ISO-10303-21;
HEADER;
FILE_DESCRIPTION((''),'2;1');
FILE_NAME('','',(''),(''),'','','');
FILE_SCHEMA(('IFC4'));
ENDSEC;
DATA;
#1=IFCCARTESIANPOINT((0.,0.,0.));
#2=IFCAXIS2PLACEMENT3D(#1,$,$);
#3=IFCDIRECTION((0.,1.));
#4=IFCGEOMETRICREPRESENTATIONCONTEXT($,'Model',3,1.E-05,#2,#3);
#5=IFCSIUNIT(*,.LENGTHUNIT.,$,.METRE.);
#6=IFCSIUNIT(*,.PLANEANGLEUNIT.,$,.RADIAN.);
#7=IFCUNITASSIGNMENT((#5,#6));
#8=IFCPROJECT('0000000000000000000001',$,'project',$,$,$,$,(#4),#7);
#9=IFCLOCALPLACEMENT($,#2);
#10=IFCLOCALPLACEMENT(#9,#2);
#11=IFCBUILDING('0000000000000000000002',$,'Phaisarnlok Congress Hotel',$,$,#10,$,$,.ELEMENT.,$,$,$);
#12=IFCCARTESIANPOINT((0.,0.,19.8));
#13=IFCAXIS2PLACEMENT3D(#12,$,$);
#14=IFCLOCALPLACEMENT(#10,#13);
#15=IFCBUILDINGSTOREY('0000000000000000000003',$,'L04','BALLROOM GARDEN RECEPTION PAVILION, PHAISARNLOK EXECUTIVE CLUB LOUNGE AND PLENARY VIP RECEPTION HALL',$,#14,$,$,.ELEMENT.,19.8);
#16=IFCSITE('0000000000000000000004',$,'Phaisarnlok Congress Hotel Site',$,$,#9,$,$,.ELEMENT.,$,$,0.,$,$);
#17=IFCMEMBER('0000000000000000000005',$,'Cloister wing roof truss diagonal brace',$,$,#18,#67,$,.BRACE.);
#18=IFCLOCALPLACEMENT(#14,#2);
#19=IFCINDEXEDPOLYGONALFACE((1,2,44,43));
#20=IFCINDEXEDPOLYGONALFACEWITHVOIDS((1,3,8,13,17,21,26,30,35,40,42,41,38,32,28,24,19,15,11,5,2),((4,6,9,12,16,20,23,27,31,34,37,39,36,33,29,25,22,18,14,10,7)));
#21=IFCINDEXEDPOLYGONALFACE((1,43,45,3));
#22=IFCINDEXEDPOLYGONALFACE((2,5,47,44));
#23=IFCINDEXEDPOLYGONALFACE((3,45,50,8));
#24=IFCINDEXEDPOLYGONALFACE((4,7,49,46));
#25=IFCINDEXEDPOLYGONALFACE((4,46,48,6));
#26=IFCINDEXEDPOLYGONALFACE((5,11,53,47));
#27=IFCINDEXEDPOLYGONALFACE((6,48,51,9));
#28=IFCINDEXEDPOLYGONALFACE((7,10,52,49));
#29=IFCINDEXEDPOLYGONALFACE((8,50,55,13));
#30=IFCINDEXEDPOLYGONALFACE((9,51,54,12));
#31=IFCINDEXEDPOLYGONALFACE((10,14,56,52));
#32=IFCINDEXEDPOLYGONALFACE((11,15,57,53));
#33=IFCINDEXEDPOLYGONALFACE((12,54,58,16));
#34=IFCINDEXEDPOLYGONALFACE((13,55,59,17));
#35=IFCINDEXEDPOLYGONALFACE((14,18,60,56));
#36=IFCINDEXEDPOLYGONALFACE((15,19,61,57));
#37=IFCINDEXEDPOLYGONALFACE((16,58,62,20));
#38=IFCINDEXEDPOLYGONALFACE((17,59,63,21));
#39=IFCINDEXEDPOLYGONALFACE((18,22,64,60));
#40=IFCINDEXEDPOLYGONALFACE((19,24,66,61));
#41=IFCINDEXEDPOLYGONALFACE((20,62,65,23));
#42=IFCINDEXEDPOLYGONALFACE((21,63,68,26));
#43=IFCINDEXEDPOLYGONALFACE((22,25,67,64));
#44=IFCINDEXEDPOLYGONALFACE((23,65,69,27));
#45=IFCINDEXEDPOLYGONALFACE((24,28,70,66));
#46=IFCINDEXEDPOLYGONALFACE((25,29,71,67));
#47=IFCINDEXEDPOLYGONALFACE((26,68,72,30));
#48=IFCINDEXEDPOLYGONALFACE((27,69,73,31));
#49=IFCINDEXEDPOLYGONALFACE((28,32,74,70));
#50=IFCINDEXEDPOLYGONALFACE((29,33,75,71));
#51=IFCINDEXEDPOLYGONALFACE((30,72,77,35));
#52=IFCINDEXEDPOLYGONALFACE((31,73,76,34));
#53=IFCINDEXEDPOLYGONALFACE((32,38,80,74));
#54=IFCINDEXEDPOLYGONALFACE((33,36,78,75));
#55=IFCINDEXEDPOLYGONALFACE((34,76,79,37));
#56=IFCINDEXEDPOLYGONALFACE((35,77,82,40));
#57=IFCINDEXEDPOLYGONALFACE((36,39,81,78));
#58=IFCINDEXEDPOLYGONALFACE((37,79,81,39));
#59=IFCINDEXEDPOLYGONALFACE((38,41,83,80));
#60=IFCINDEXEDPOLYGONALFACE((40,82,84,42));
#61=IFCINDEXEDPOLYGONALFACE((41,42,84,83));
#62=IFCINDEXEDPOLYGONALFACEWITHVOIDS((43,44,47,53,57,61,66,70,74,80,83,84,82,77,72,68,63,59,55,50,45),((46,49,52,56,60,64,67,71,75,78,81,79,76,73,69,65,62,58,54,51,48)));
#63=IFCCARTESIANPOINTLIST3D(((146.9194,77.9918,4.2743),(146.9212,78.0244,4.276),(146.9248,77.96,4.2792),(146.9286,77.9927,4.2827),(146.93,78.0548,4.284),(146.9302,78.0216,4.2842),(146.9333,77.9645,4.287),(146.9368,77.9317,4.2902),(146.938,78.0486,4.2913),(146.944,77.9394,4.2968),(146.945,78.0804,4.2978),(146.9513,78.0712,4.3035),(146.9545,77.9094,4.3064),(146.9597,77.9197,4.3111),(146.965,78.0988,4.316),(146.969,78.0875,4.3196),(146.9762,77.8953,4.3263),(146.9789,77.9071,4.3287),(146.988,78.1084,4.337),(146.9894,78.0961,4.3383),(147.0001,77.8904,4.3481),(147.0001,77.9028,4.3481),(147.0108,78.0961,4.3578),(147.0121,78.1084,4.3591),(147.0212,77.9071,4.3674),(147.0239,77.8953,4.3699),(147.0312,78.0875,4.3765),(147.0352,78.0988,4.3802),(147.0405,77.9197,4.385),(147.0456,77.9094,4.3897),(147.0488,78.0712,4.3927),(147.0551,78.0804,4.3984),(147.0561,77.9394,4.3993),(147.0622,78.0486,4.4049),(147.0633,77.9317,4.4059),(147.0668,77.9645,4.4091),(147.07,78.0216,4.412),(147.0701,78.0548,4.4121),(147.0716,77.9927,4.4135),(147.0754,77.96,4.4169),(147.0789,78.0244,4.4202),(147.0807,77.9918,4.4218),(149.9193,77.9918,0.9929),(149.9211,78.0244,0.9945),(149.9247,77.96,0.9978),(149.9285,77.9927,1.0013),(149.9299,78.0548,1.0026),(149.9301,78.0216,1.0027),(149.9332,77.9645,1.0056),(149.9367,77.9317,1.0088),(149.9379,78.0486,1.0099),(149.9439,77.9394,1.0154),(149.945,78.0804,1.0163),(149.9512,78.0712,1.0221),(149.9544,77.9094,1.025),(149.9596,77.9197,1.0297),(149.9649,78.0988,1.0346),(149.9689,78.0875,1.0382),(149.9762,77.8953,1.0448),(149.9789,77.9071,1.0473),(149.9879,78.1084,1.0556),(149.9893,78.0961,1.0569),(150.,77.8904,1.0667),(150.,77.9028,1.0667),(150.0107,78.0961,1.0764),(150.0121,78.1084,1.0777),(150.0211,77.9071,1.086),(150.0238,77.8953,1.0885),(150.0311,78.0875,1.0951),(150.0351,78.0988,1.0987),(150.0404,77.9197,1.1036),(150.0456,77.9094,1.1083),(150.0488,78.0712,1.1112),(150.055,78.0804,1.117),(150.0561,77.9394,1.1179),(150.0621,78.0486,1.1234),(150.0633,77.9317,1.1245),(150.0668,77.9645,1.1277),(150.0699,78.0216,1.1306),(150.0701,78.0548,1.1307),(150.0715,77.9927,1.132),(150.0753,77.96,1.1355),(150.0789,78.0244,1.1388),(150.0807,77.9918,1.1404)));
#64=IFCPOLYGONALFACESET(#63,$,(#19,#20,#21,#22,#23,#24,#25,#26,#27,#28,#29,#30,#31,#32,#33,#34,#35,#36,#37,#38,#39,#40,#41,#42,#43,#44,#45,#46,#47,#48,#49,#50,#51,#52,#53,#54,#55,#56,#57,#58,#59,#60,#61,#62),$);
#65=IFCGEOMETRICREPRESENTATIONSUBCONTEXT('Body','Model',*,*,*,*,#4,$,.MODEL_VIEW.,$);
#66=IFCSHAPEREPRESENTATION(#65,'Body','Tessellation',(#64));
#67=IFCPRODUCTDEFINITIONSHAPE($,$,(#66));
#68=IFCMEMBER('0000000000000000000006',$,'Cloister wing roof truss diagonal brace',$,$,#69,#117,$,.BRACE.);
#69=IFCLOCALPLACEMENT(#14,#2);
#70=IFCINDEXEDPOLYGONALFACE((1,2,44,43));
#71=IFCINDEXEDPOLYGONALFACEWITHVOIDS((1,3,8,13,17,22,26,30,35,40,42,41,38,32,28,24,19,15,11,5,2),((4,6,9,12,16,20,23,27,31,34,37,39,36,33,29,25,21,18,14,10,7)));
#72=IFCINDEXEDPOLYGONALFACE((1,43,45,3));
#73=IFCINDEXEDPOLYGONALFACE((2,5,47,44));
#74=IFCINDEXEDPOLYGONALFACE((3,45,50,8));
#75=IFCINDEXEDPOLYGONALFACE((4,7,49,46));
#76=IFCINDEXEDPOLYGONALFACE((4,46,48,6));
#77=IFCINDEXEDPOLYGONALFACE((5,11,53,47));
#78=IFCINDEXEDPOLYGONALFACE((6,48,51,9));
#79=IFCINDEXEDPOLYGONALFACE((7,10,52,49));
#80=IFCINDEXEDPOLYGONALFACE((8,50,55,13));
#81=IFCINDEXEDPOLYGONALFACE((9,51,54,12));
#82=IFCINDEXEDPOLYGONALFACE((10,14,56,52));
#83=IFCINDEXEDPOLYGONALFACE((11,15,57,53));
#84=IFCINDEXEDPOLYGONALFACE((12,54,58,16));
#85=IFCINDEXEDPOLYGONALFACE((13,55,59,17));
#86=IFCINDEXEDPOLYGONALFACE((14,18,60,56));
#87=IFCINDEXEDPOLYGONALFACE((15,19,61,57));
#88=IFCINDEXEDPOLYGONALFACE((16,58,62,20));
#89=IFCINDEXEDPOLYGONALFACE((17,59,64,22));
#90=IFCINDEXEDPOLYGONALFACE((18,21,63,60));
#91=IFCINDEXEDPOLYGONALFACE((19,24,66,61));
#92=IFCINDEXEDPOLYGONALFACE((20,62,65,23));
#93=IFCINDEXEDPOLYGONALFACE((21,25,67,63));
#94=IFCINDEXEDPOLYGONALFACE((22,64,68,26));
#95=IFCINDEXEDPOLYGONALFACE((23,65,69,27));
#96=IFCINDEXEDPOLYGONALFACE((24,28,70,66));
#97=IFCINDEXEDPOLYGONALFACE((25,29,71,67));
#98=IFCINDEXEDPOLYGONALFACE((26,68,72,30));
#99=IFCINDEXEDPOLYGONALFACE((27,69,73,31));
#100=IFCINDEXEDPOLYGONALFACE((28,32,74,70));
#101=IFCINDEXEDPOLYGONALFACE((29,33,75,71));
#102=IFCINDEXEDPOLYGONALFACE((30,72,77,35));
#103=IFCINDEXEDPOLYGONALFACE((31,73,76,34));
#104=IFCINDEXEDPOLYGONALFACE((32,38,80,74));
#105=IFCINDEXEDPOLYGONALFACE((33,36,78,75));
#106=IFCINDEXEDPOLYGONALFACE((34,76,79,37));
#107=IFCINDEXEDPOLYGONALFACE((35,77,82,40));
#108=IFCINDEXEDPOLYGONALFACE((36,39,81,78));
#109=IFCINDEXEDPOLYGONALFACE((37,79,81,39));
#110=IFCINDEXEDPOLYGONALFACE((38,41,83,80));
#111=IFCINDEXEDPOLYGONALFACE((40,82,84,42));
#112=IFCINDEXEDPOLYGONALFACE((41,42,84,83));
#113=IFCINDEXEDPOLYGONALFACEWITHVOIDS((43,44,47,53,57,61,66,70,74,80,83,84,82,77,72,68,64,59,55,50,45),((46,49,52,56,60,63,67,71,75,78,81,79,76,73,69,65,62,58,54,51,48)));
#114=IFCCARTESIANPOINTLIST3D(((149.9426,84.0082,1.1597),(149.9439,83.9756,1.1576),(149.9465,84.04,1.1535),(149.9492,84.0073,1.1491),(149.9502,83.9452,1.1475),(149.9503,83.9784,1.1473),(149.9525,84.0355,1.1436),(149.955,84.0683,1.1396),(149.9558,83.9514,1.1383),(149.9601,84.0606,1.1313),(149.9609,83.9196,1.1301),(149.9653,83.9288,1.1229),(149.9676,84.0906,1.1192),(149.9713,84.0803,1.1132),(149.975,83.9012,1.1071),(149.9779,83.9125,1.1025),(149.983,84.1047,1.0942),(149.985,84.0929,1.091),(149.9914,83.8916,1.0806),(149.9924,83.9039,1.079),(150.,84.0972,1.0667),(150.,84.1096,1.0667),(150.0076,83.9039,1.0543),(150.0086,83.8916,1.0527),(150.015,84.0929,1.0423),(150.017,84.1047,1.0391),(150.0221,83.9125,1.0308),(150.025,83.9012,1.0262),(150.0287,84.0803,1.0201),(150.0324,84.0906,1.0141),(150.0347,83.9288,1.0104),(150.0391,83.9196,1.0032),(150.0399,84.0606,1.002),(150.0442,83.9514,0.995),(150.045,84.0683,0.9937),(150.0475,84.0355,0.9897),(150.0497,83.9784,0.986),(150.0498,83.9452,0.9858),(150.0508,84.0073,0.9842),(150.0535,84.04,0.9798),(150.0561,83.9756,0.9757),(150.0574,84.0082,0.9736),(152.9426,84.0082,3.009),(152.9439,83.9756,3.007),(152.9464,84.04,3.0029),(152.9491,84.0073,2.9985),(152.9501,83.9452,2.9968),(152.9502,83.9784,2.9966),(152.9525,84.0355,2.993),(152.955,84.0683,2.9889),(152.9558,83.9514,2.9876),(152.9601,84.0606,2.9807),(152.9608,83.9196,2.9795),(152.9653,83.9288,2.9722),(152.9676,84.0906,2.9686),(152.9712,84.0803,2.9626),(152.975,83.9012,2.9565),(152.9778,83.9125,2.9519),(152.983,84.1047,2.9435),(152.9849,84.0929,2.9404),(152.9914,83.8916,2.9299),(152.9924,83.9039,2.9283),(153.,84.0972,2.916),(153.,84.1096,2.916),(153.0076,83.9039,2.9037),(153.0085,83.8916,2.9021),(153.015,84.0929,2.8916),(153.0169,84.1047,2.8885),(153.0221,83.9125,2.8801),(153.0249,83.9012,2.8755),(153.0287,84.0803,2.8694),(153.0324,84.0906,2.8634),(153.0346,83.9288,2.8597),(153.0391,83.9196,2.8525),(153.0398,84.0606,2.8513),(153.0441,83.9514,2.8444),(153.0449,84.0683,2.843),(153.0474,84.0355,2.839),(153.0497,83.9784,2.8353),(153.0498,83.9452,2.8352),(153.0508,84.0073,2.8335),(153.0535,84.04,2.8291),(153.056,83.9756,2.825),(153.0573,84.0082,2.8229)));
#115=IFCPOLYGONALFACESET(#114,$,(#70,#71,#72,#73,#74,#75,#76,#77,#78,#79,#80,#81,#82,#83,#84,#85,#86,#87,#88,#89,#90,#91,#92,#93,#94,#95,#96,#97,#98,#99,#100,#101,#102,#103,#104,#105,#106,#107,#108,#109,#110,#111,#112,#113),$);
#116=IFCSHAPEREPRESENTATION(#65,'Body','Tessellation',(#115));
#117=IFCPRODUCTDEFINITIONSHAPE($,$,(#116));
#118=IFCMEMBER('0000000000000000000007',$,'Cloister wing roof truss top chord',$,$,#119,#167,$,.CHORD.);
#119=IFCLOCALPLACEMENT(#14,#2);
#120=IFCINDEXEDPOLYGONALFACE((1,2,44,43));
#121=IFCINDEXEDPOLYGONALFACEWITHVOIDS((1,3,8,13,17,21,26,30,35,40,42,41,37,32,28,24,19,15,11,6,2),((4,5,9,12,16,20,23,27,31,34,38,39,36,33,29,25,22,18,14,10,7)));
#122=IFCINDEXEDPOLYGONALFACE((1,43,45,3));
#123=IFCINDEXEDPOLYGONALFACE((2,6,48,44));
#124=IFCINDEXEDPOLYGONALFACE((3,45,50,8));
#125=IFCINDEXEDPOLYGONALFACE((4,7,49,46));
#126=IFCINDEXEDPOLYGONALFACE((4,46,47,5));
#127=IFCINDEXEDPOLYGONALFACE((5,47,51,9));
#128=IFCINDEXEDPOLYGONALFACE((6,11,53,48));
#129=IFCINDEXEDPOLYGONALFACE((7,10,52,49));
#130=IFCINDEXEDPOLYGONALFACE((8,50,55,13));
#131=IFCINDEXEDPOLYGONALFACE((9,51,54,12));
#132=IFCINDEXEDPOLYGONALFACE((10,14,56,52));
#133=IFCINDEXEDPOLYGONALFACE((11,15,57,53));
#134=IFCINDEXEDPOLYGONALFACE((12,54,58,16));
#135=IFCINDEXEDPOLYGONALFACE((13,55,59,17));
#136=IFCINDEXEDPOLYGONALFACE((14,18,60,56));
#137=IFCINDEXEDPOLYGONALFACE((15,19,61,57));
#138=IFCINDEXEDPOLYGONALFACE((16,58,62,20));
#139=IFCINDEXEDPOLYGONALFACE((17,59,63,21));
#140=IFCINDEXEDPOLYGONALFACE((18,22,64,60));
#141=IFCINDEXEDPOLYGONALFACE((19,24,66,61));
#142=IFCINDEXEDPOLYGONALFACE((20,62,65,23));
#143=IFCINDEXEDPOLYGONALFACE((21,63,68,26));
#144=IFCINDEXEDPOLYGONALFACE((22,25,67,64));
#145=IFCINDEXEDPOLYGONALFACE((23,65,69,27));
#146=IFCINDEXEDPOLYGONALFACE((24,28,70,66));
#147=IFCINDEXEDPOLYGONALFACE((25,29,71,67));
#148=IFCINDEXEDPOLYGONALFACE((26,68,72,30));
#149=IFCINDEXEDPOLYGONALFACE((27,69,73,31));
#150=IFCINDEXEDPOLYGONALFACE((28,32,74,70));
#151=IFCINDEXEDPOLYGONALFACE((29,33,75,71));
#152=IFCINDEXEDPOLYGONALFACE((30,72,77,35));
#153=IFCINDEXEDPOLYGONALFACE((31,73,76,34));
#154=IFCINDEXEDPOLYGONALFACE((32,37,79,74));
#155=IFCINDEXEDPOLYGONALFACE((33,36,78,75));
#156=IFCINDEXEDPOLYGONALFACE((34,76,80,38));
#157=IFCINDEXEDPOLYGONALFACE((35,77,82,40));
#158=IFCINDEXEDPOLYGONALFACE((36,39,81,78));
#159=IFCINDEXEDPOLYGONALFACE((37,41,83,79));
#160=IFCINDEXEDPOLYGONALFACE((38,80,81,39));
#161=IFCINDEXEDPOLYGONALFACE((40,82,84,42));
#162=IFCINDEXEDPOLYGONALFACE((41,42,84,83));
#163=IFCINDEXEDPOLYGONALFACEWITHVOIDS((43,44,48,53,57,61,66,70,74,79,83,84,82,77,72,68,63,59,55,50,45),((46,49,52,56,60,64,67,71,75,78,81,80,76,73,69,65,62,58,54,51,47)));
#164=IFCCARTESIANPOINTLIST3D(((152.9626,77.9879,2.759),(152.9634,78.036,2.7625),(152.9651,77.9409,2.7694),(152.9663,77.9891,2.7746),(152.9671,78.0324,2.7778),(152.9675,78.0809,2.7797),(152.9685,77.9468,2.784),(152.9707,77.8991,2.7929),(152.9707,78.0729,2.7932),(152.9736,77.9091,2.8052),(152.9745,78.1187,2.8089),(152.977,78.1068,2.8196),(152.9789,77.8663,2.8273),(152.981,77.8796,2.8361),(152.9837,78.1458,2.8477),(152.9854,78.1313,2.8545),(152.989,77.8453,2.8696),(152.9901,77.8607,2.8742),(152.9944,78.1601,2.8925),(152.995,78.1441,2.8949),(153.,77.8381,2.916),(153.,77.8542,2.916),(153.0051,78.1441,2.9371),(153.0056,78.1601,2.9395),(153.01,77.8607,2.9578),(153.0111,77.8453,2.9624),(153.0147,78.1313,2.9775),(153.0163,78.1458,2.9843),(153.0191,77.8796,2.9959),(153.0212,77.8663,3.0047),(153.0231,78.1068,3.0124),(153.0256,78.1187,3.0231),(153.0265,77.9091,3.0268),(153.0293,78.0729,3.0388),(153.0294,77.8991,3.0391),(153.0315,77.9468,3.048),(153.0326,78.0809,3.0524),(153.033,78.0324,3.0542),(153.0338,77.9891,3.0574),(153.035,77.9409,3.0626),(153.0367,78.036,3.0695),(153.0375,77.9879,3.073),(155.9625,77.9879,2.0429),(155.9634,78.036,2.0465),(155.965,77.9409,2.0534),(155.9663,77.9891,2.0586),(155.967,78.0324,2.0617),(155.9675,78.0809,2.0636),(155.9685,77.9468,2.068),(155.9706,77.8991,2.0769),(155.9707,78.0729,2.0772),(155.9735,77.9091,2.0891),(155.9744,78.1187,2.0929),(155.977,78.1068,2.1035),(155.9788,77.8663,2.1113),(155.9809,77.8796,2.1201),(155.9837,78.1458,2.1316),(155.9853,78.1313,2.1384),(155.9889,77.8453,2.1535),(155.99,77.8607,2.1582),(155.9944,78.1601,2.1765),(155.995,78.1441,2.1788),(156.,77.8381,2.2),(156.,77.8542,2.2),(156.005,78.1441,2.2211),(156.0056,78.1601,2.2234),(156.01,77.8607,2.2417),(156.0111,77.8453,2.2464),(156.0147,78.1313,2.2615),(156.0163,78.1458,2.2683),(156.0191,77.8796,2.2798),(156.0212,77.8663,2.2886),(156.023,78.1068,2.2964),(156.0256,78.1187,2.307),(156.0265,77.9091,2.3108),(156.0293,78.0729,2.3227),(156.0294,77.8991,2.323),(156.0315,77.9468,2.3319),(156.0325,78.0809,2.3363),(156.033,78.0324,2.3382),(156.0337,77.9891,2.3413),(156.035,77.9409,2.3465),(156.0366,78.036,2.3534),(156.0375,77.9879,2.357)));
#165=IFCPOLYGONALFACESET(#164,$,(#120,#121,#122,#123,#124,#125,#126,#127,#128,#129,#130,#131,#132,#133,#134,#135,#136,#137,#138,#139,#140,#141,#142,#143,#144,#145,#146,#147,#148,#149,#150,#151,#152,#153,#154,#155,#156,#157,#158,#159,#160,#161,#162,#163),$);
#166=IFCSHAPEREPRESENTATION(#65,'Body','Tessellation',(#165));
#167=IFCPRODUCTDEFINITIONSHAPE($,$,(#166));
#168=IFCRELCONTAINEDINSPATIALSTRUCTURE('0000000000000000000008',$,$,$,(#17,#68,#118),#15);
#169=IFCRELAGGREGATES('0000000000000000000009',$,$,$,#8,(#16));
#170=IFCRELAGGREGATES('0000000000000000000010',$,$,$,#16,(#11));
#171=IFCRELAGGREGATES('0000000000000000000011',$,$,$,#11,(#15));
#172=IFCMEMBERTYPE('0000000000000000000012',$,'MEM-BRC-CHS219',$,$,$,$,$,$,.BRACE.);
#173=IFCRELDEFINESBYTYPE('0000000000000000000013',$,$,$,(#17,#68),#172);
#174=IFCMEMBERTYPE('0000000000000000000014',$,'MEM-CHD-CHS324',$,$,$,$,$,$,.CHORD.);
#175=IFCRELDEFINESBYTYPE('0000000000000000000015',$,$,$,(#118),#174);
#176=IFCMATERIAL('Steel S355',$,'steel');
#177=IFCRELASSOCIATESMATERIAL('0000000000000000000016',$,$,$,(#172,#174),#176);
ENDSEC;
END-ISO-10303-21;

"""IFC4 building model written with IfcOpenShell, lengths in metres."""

from ifc_helpers import new_model, si_unit, direction, frame, origin, origin_2d, place, context, subcontext, project, spatial, hollow_circle, extrude, material, material_profile, profile_set, type_object, element, save


model = new_model("IFC4")

# Units and contexts
model_context = context("Model", 3, precision=1e-05, world=origin(), true_north=direction((0.0, 1.0)))
body_context = subcontext(model_context, "Body", "Model", "MODEL_VIEW")
ifc_project = project(units=[si_unit("LENGTHUNIT", "METRE"), si_unit("PLANEANGLEUNIT", "RADIAN")], contexts=[model_context])

# Site, building, storey
site_placement = place(None, origin())
site = spatial("IfcSite", under=ifc_project, at=site_placement, Name="Phaisarnlok Congress Hotel Site", CompositionType="ELEMENT", RefElevation=0.0)
building_placement = place(site_placement, origin())
building = spatial("IfcBuilding", under=site, at=building_placement, Name="Phaisarnlok Congress Hotel", CompositionType="ELEMENT")
storey_placement = place(building_placement, frame((0.0, 0.0, 19.8)))
storey = spatial("IfcBuildingStorey", under=building, at=storey_placement, Name="L04", Description="BALLROOM GARDEN RECEPTION PAVILION, PHAISARNLOK EXECUTIVE CLUB LOUNGE AND PLENARY VIP RECEPTION HALL", CompositionType="ELEMENT", Elevation=19.8)

# Shared definitions
ifc_material_1 = material(Name="Steel S355", Category="steel")

# Members
ifc_material_profile_1 = material_profile(ifc_material_1, hollow_circle(Radius=0.1096, WallThickness=0.0125, at=origin_2d()), Name="CHS 219.1x12.5")
ifc_profile_set_1 = profile_set([ifc_material_profile_1], Name="Steel S355")
member_type_1 = type_object("IfcMemberType", Name="MEM-BRC-CHS219", PredefinedType="BRACE", material=ifc_profile_set_1)
member_1_placement = place(storey_placement, frame((150.0, 78.0, 1.0667), z_axis=(-0.674742, 0.0, 0.738054), x_axis=(0.0, -1.0, 0.0)))
element("IfcMember", 1, at=member_1_placement, inside=storey, type_object=member_type_1, Name="Cloister wing roof truss diagonal brace", PredefinedType="BRACE", context=body_context, shape_type="SweptSolid", body=[
    extrude(hollow_circle(Radius=0.1096, WallThickness=0.0125, at=origin_2d()), origin(), (0.0, 0.0, 1.0), 4.446),
])
member_2_placement = place(storey_placement, frame((150.0, 84.0, 1.0667), z_axis=(0.851251, 0.0, 0.524758), x_axis=(0.0, 1.0, 0.0)))
element("IfcMember", 2, at=member_2_placement, inside=storey, type_object=member_type_1, Name="Cloister wing roof truss diagonal brace", PredefinedType="BRACE", context=body_context, shape_type="SweptSolid", body=[
    extrude(hollow_circle(Radius=0.1096, WallThickness=0.0125, at=origin_2d()), origin(), (0.0, 0.0, 1.0), 3.5242),
])
ifc_material_profile_2 = material_profile(ifc_material_1, hollow_circle(Radius=0.1619, WallThickness=0.0161, at=origin_2d()), Name="CHS 323.9x16")
ifc_profile_set_2 = profile_set([ifc_material_profile_2], Name="Steel S355")
member_type_2 = type_object("IfcMemberType", Name="MEM-CHD-CHS324", PredefinedType="CHORD", material=ifc_profile_set_2)
for number, where, z_axis, x_axis, name in (
    (3, (156.0, 78.0, 2.2), (-0.972676, 0.0, 0.232166), (0.0, -1.0, 0.0), "Cloister wing roof truss top chord"),
):
    element("IfcMember", number, at=place(storey_placement, frame(where, z_axis=z_axis, x_axis=x_axis)), inside=storey, type_object=member_type_2, Name=name, PredefinedType="CHORD", context=body_context, shape_type="SweptSolid", body=[
        extrude(hollow_circle(Radius=0.1619, WallThickness=0.0161, at=origin_2d()), origin(), (0.0, 0.0, 1.0), 3.0842),
    ])

save(model, "model.ifc")
